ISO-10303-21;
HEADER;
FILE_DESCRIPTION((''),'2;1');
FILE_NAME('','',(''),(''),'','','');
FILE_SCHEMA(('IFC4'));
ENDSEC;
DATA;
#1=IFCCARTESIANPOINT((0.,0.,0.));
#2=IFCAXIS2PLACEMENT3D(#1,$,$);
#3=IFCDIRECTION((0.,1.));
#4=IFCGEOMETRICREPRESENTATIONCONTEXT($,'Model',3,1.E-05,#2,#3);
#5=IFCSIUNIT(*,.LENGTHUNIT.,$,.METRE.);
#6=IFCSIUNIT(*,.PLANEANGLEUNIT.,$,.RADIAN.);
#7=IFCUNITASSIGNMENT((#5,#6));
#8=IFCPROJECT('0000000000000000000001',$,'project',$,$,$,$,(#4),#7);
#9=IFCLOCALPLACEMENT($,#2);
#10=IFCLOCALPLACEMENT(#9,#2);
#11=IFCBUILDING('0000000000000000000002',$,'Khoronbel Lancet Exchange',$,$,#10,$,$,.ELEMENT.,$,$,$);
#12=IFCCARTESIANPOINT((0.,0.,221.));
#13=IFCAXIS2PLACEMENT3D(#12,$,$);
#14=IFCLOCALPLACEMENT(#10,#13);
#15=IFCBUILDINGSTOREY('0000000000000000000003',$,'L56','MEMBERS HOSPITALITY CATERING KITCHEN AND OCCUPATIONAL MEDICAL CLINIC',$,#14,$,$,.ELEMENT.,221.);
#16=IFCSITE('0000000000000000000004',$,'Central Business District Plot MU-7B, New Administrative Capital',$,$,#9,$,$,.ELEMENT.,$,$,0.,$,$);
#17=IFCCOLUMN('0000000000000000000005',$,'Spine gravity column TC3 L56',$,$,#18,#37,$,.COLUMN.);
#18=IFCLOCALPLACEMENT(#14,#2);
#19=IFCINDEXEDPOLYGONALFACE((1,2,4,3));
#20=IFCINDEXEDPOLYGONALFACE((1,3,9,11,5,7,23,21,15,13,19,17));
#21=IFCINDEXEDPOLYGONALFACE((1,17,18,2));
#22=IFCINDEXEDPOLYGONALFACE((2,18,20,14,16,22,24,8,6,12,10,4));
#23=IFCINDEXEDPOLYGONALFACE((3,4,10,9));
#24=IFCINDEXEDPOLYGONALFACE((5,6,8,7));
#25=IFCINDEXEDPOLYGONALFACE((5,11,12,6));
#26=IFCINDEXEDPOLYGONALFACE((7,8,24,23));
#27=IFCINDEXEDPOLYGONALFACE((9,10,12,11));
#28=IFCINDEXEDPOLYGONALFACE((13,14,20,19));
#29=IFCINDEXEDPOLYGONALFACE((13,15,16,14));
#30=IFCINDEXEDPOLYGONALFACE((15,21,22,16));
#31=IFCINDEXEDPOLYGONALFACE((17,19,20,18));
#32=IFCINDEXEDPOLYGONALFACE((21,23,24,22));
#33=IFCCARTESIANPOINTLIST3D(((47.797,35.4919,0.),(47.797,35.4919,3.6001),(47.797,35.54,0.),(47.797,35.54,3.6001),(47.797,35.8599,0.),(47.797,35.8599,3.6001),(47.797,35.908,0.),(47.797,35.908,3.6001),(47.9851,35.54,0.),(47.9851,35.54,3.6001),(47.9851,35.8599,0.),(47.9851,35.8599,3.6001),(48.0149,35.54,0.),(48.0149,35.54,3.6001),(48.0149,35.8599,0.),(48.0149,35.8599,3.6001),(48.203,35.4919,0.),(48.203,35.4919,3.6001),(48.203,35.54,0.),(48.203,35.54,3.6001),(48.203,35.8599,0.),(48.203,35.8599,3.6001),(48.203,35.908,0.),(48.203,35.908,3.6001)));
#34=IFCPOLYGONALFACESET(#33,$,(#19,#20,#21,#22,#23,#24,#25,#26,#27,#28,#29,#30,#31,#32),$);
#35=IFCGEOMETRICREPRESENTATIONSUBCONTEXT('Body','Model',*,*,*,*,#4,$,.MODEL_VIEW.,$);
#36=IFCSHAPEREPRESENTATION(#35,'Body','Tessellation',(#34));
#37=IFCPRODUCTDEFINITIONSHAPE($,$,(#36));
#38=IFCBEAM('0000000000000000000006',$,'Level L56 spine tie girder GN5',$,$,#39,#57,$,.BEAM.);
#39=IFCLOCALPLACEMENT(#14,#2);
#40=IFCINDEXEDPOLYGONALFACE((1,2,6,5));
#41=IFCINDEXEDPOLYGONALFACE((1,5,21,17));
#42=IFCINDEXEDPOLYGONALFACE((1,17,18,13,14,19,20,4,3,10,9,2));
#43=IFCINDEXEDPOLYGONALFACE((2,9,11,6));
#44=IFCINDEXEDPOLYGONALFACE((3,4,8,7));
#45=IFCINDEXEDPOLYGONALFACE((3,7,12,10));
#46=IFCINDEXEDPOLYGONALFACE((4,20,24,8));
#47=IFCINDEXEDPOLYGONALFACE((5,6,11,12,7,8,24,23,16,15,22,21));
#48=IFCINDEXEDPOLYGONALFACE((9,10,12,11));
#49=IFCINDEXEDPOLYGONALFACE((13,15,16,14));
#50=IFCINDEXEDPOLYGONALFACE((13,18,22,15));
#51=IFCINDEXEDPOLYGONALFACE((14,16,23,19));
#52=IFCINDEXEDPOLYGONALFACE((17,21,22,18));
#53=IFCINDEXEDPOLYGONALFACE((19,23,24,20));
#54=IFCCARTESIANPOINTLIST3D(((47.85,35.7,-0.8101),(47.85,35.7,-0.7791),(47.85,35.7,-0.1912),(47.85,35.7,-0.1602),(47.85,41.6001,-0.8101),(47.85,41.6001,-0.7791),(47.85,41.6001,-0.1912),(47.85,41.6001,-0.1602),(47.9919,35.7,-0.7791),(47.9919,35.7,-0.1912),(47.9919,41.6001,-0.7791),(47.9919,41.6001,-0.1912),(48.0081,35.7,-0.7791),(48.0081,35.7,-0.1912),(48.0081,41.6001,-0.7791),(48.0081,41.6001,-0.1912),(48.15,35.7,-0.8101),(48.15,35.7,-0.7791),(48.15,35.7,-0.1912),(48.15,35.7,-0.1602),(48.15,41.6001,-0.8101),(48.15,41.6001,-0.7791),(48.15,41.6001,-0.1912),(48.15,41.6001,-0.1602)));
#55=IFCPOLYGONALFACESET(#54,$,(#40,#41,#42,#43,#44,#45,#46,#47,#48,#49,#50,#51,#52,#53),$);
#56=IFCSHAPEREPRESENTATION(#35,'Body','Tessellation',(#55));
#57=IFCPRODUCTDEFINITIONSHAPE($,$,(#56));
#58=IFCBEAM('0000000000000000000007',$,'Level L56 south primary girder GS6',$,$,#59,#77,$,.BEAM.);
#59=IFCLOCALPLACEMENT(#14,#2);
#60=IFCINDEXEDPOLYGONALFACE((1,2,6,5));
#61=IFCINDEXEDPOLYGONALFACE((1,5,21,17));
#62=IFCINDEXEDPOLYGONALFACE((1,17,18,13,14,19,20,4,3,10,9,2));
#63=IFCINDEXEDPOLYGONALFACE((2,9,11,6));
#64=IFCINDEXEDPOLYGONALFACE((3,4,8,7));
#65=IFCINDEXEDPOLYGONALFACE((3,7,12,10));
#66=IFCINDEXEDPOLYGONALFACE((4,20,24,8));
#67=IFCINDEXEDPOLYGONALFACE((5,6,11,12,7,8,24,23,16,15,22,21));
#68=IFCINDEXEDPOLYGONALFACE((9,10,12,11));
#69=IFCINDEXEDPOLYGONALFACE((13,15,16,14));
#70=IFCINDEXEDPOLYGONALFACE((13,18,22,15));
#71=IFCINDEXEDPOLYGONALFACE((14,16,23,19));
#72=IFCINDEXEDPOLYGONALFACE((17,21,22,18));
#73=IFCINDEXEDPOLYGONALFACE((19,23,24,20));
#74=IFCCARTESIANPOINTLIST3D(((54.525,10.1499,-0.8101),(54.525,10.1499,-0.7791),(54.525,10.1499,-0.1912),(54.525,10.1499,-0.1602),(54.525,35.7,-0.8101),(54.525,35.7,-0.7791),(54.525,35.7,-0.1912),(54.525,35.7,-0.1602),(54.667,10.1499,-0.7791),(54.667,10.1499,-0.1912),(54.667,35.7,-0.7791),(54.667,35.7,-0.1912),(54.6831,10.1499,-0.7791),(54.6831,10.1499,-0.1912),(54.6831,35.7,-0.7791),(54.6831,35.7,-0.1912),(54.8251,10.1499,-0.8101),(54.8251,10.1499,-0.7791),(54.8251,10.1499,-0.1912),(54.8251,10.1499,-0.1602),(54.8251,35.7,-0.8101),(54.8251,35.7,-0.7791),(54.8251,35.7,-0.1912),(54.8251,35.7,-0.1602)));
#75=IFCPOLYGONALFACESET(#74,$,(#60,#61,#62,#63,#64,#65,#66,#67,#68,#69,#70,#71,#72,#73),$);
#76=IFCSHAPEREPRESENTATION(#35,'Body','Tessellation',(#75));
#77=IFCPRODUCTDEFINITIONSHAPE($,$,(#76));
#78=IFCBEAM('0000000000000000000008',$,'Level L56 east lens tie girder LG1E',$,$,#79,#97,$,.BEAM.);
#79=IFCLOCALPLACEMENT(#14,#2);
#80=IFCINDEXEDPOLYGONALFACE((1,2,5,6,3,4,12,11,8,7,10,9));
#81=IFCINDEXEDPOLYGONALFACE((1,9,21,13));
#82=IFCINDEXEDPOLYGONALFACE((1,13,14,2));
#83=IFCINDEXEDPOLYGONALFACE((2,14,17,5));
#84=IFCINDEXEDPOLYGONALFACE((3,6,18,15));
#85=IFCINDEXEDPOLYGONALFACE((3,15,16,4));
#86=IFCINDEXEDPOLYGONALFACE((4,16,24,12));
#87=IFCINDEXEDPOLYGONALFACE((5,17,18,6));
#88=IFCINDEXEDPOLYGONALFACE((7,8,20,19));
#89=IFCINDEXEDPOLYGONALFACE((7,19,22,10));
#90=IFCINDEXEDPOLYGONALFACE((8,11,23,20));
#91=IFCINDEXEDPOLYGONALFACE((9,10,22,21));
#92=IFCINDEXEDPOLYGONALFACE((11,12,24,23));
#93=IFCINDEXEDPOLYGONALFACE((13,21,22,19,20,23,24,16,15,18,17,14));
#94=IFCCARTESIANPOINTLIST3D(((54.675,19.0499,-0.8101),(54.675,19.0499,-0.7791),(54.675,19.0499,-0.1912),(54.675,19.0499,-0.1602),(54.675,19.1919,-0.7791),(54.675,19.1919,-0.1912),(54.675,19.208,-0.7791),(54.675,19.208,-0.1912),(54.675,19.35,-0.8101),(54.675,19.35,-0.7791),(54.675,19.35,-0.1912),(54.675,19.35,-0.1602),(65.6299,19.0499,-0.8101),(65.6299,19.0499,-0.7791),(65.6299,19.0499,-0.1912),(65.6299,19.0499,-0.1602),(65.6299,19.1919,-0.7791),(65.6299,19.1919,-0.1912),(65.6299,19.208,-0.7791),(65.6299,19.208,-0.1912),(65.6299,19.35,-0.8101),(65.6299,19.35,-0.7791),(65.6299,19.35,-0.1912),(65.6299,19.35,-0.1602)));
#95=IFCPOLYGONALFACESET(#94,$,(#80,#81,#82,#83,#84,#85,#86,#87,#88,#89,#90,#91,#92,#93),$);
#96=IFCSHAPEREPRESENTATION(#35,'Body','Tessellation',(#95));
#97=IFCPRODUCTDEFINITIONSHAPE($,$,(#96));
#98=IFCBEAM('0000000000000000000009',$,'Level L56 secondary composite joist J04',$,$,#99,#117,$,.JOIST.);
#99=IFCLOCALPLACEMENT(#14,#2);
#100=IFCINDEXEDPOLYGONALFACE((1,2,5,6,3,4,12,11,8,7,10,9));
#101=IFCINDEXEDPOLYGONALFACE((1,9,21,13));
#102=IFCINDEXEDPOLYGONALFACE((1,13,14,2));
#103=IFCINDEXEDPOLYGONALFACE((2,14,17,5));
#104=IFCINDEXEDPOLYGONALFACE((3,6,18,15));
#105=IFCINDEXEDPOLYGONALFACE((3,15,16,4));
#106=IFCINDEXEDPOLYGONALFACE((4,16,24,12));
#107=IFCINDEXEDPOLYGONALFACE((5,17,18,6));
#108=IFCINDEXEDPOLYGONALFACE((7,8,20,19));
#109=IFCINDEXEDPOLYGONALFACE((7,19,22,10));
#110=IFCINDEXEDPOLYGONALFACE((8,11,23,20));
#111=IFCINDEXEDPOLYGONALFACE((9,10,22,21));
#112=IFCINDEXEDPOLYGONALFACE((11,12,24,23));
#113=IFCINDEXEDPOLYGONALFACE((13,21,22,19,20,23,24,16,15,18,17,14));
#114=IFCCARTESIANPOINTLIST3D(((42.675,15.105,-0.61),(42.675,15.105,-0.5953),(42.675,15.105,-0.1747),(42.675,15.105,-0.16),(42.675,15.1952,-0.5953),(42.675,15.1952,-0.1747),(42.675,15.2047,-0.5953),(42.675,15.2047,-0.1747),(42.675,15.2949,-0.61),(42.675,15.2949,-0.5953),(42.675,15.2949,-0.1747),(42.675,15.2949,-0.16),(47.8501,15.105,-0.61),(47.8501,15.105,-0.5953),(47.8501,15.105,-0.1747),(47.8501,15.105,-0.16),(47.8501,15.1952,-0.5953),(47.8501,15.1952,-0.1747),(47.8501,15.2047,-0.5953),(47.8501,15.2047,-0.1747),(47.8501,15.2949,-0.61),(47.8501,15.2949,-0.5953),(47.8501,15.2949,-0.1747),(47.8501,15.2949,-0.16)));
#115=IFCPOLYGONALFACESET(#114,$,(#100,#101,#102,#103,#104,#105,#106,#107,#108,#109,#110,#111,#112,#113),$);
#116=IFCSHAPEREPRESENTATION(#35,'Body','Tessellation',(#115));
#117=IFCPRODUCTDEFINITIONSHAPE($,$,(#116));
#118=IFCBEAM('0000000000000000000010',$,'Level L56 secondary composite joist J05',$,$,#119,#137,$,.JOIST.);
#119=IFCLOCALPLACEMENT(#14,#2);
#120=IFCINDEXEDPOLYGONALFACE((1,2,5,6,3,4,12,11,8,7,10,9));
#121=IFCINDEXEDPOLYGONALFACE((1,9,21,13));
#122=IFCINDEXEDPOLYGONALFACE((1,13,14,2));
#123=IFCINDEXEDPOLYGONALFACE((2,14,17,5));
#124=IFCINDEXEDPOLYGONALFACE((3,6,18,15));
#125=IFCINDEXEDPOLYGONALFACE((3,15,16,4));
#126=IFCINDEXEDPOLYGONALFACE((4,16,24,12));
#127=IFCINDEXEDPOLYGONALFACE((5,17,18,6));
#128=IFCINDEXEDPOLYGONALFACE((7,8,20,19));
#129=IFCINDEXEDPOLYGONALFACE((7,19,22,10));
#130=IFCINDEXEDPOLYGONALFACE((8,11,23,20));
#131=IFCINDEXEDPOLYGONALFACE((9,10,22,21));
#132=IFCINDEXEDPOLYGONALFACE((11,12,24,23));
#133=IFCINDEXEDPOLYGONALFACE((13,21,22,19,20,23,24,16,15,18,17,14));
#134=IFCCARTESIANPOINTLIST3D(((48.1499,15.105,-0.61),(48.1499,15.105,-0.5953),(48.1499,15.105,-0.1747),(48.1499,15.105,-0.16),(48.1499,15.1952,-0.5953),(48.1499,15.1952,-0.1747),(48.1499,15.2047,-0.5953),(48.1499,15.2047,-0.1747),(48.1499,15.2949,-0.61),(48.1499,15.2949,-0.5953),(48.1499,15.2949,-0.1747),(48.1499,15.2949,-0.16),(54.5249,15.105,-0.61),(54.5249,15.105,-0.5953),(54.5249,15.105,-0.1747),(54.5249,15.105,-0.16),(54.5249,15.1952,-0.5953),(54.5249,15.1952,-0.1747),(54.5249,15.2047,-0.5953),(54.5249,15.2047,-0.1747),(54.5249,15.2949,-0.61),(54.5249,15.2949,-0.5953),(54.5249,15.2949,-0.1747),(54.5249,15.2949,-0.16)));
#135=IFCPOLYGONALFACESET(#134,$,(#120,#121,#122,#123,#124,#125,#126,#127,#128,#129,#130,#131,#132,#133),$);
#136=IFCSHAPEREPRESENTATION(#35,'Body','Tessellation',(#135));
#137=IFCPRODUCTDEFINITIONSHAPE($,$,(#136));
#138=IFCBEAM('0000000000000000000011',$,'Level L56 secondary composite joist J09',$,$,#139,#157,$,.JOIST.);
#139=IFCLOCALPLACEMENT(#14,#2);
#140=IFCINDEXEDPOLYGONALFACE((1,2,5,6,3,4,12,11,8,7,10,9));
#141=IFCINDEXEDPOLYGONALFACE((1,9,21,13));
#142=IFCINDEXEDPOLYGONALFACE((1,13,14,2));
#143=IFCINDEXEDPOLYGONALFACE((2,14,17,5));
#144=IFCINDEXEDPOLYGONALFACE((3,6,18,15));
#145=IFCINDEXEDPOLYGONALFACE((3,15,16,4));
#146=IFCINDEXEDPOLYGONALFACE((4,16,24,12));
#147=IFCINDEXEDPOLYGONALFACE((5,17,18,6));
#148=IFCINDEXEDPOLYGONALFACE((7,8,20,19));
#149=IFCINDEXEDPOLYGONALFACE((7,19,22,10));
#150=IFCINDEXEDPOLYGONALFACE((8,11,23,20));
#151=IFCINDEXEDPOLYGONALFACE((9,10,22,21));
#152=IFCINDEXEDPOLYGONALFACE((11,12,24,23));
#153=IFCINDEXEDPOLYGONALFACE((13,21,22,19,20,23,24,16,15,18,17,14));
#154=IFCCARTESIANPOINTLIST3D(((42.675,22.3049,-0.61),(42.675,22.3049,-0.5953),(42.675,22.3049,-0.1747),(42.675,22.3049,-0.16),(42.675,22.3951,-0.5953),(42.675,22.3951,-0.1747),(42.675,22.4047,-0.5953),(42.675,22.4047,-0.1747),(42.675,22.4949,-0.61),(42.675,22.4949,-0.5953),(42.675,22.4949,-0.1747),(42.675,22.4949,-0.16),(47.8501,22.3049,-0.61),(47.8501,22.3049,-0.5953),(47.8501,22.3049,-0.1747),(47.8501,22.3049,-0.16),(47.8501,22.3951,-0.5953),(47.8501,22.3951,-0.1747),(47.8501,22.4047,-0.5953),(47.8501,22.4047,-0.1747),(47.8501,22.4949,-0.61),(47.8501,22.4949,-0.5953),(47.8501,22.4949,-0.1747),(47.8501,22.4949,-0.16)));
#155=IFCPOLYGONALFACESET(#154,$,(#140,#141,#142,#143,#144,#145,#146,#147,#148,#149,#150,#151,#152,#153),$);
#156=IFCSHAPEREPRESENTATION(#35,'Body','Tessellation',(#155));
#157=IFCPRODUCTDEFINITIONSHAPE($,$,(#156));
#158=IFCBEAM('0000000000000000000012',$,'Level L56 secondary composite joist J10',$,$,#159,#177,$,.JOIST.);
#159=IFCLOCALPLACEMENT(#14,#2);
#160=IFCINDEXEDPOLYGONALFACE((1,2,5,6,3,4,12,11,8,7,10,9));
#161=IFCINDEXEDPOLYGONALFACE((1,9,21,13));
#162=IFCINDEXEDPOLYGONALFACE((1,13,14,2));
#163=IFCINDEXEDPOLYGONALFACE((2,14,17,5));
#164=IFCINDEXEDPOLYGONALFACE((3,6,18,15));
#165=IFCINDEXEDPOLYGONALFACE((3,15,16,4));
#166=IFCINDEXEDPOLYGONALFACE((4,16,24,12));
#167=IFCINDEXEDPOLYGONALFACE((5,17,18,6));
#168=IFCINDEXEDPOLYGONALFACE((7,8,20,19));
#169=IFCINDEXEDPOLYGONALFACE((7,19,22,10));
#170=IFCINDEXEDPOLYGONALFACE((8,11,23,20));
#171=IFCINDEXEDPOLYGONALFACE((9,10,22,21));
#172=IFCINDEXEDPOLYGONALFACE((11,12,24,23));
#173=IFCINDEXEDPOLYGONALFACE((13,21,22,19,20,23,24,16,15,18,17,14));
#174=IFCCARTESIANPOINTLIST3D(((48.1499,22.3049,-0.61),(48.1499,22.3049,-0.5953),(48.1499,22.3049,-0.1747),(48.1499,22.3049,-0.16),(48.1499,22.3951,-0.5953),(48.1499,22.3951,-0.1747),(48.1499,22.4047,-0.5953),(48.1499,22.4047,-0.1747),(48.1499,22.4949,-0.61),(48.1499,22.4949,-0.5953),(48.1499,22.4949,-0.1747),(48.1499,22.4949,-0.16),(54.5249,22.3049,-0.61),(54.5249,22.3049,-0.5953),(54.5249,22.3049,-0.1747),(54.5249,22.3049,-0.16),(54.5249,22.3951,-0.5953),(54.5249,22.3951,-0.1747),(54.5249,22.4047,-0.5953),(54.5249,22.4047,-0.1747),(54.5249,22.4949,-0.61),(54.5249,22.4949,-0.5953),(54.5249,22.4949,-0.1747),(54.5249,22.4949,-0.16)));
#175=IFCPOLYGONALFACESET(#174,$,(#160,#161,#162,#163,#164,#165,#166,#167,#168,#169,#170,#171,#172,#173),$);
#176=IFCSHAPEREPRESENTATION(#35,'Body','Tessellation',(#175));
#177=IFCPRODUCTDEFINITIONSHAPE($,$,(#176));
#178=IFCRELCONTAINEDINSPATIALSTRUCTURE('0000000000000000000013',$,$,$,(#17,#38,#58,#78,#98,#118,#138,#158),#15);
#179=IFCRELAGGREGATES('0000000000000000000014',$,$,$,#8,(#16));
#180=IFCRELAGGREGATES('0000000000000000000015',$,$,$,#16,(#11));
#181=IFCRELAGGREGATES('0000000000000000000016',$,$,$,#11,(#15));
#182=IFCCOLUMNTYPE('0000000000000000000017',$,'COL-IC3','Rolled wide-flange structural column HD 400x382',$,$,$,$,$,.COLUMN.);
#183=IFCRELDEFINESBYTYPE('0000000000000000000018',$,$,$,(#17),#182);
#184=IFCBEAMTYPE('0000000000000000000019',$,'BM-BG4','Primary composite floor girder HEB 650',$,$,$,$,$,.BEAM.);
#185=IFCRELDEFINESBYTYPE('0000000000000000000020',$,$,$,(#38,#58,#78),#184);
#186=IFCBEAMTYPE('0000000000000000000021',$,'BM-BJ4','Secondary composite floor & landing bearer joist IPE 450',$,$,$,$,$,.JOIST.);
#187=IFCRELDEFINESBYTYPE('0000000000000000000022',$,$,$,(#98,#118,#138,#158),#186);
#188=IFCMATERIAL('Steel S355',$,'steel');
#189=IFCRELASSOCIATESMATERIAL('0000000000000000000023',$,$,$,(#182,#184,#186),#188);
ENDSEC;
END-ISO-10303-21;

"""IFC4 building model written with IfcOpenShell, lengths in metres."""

from ifc_helpers import new_model, si_unit, direction, frame, origin, origin_2d, place, context, subcontext, project, spatial, i_section, extrude, material, material_profile, profile_set, type_object, element, save


model = new_model("IFC4")

# Units and contexts
model_context = context("Model", 3, precision=1e-05, world=origin(), true_north=direction((0.0, 1.0)))
body_context = subcontext(model_context, "Body", "Model", "MODEL_VIEW")
ifc_project = project(units=[si_unit("LENGTHUNIT", "METRE"), si_unit("PLANEANGLEUNIT", "RADIAN")], contexts=[model_context])

# Site, building, storey
site_placement = place(None, origin())
site = spatial("IfcSite", under=ifc_project, at=site_placement, Name="Central Business District Plot MU-7B, New Administrative Capital", CompositionType="ELEMENT", RefElevation=0.0)
building_placement = place(site_placement, origin())
building = spatial("IfcBuilding", under=site, at=building_placement, Name="Khoronbel Lancet Exchange", CompositionType="ELEMENT")
storey_placement = place(building_placement, frame((0.0, 0.0, 221.0)))
storey = spatial("IfcBuildingStorey", under=building, at=storey_placement, Name="L56", Description="MEMBERS HOSPITALITY CATERING KITCHEN AND OCCUPATIONAL MEDICAL CLINIC", CompositionType="ELEMENT", Elevation=221.0)

# Column
ifc_material_1 = material(Name="Steel S355", Category="steel")
ifc_material_profile_1 = material_profile(ifc_material_1, i_section(OverallWidth=0.406, OverallDepth=0.416, WebThickness=0.0298, FlangeThickness=0.0481, at=origin_2d()), Name="HD 400x382")
ifc_profile_set_1 = profile_set([ifc_material_profile_1], Name="Steel S355")
column_type = type_object("IfcColumnType", Name="COL-IC3", Description="Rolled wide-flange structural column HD 400x382", PredefinedType="COLUMN", material=ifc_profile_set_1)
column_placement = place(storey_placement, frame((48.0, 35.7, 0.0), z_axis=(0.0, 0.0, 1.0), x_axis=(1.0, 0.0, 0.0)))
element("IfcColumn", 1, at=column_placement, inside=storey, type_object=column_type, Name="Spine gravity column TC3 L56", PredefinedType="COLUMN", context=body_context, shape_type="SweptSolid", body=[
    extrude(i_section(OverallWidth=0.406, OverallDepth=0.416, WebThickness=0.0298, FlangeThickness=0.0481, at=origin_2d()), origin(), (0.0, 0.0, 1.0), 3.6001),
])

# Beams
ifc_material_profile_2 = material_profile(ifc_material_1, i_section(OverallWidth=0.3, OverallDepth=0.6499, WebThickness=0.0161, FlangeThickness=0.031, at=origin_2d()), Name="HEB 650")
ifc_profile_set_2 = profile_set([ifc_material_profile_2], Name="Steel S355")
beam_type_1 = type_object("IfcBeamType", Name="BM-BG4", Description="Primary composite floor girder HEB 650", PredefinedType="BEAM", material=ifc_profile_set_2)
beam_1_placement = place(storey_placement, frame((48.0, 35.7, -0.4851), z_axis=(0.0, 1.0, 0.0), x_axis=(-1.0, 0.0, 0.0)))
element("IfcBeam", 2, at=beam_1_placement, inside=storey, type_object=beam_type_1, Name="Level L56 spine tie girder GN5", PredefinedType="BEAM", context=body_context, shape_type="SweptSolid", body=[
    extrude(i_section(OverallWidth=0.3, OverallDepth=0.6499, WebThickness=0.0161, FlangeThickness=0.031, at=origin_2d()), origin(), (0.0, 0.0, 1.0), 5.9001),
])
beam_2_placement = place(storey_placement, frame((54.675, 10.1499, -0.4851), z_axis=(0.0, 1.0, 0.0), x_axis=(-1.0, 0.0, 0.0)))
element("IfcBeam", 3, at=beam_2_placement, inside=storey, type_object=beam_type_1, Name="Level L56 south primary girder GS6", PredefinedType="BEAM", context=body_context, shape_type="SweptSolid", body=[
    extrude(i_section(OverallWidth=0.3, OverallDepth=0.6499, WebThickness=0.0161, FlangeThickness=0.031, at=origin_2d()), origin(), (0.0, 0.0, 1.0), 25.55),
])
beam_3_placement = place(storey_placement, frame((54.675, 19.2, -0.4851), z_axis=(1.0, 0.0, 0.0), x_axis=(0.0, 1.0, 0.0)))
element("IfcBeam", 4, at=beam_3_placement, inside=storey, type_object=beam_type_1, Name="Level L56 east lens tie girder LG1E", PredefinedType="BEAM", context=body_context, shape_type="SweptSolid", body=[
    extrude(i_section(OverallWidth=0.3, OverallDepth=0.6499, WebThickness=0.0161, FlangeThickness=0.031, at=origin_2d()), origin(), (0.0, 0.0, 1.0), 10.9548),
])
ifc_material_profile_3 = material_profile(ifc_material_1, i_section(OverallWidth=0.1899, OverallDepth=0.45, WebThickness=0.0095, FlangeThickness=0.0146, at=origin_2d()), Name="IPE 450")
ifc_profile_set_3 = profile_set([ifc_material_profile_3], Name="Steel S355")
beam_type_2 = type_object("IfcBeamType", Name="BM-BJ4", Description="Secondary composite floor & landing bearer joist IPE 450", PredefinedType="JOIST", material=ifc_profile_set_3)
beam_4_placement = place(storey_placement, frame((42.675, 15.2, -0.385), z_axis=(1.0, 0.0, 0.0), x_axis=(0.0, 1.0, 0.0)))
element("IfcBeam", 5, at=beam_4_placement, inside=storey, type_object=beam_type_2, Name="Level L56 secondary composite joist J04", PredefinedType="JOIST", context=body_context, shape_type="SweptSolid", body=[
    extrude(i_section(OverallWidth=0.1899, OverallDepth=0.45, WebThickness=0.0095, FlangeThickness=0.0146, at=origin_2d()), origin(), (0.0, 0.0, 1.0), 5.175),
])
beam_5_placement = place(storey_placement, frame((48.1499, 15.2, -0.385), z_axis=(1.0, 0.0, 0.0), x_axis=(0.0, 1.0, 0.0)))
element("IfcBeam", 6, at=beam_5_placement, inside=storey, type_object=beam_type_2, Name="Level L56 secondary composite joist J05", PredefinedType="JOIST", context=body_context, shape_type="SweptSolid", body=[
    extrude(i_section(OverallWidth=0.1899, OverallDepth=0.45, WebThickness=0.0095, FlangeThickness=0.0146, at=origin_2d()), origin(), (0.0, 0.0, 1.0), 6.375),
])
beam_6_placement = place(storey_placement, frame((42.675, 22.3999, -0.385), z_axis=(1.0, 0.0, 0.0), x_axis=(0.0, 1.0, 0.0)))
element("IfcBeam", 7, at=beam_6_placement, inside=storey, type_object=beam_type_2, Name="Level L56 secondary composite joist J09", PredefinedType="JOIST", context=body_context, shape_type="SweptSolid", body=[
    extrude(i_section(OverallWidth=0.1899, OverallDepth=0.45, WebThickness=0.0095, FlangeThickness=0.0146, at=origin_2d()), origin(), (0.0, 0.0, 1.0), 5.175),
])
beam_7_placement = place(storey_placement, frame((48.1499, 22.3999, -0.385), z_axis=(1.0, 0.0, 0.0), x_axis=(0.0, 1.0, 0.0)))
element("IfcBeam", 8, at=beam_7_placement, inside=storey, type_object=beam_type_2, Name="Level L56 secondary composite joist J10", PredefinedType="JOIST", context=body_context, shape_type="SweptSolid", body=[
    extrude(i_section(OverallWidth=0.1899, OverallDepth=0.45, WebThickness=0.0095, FlangeThickness=0.0146, at=origin_2d()), origin(), (0.0, 0.0, 1.0), 6.375),
])

save(model, "model.ifc")
